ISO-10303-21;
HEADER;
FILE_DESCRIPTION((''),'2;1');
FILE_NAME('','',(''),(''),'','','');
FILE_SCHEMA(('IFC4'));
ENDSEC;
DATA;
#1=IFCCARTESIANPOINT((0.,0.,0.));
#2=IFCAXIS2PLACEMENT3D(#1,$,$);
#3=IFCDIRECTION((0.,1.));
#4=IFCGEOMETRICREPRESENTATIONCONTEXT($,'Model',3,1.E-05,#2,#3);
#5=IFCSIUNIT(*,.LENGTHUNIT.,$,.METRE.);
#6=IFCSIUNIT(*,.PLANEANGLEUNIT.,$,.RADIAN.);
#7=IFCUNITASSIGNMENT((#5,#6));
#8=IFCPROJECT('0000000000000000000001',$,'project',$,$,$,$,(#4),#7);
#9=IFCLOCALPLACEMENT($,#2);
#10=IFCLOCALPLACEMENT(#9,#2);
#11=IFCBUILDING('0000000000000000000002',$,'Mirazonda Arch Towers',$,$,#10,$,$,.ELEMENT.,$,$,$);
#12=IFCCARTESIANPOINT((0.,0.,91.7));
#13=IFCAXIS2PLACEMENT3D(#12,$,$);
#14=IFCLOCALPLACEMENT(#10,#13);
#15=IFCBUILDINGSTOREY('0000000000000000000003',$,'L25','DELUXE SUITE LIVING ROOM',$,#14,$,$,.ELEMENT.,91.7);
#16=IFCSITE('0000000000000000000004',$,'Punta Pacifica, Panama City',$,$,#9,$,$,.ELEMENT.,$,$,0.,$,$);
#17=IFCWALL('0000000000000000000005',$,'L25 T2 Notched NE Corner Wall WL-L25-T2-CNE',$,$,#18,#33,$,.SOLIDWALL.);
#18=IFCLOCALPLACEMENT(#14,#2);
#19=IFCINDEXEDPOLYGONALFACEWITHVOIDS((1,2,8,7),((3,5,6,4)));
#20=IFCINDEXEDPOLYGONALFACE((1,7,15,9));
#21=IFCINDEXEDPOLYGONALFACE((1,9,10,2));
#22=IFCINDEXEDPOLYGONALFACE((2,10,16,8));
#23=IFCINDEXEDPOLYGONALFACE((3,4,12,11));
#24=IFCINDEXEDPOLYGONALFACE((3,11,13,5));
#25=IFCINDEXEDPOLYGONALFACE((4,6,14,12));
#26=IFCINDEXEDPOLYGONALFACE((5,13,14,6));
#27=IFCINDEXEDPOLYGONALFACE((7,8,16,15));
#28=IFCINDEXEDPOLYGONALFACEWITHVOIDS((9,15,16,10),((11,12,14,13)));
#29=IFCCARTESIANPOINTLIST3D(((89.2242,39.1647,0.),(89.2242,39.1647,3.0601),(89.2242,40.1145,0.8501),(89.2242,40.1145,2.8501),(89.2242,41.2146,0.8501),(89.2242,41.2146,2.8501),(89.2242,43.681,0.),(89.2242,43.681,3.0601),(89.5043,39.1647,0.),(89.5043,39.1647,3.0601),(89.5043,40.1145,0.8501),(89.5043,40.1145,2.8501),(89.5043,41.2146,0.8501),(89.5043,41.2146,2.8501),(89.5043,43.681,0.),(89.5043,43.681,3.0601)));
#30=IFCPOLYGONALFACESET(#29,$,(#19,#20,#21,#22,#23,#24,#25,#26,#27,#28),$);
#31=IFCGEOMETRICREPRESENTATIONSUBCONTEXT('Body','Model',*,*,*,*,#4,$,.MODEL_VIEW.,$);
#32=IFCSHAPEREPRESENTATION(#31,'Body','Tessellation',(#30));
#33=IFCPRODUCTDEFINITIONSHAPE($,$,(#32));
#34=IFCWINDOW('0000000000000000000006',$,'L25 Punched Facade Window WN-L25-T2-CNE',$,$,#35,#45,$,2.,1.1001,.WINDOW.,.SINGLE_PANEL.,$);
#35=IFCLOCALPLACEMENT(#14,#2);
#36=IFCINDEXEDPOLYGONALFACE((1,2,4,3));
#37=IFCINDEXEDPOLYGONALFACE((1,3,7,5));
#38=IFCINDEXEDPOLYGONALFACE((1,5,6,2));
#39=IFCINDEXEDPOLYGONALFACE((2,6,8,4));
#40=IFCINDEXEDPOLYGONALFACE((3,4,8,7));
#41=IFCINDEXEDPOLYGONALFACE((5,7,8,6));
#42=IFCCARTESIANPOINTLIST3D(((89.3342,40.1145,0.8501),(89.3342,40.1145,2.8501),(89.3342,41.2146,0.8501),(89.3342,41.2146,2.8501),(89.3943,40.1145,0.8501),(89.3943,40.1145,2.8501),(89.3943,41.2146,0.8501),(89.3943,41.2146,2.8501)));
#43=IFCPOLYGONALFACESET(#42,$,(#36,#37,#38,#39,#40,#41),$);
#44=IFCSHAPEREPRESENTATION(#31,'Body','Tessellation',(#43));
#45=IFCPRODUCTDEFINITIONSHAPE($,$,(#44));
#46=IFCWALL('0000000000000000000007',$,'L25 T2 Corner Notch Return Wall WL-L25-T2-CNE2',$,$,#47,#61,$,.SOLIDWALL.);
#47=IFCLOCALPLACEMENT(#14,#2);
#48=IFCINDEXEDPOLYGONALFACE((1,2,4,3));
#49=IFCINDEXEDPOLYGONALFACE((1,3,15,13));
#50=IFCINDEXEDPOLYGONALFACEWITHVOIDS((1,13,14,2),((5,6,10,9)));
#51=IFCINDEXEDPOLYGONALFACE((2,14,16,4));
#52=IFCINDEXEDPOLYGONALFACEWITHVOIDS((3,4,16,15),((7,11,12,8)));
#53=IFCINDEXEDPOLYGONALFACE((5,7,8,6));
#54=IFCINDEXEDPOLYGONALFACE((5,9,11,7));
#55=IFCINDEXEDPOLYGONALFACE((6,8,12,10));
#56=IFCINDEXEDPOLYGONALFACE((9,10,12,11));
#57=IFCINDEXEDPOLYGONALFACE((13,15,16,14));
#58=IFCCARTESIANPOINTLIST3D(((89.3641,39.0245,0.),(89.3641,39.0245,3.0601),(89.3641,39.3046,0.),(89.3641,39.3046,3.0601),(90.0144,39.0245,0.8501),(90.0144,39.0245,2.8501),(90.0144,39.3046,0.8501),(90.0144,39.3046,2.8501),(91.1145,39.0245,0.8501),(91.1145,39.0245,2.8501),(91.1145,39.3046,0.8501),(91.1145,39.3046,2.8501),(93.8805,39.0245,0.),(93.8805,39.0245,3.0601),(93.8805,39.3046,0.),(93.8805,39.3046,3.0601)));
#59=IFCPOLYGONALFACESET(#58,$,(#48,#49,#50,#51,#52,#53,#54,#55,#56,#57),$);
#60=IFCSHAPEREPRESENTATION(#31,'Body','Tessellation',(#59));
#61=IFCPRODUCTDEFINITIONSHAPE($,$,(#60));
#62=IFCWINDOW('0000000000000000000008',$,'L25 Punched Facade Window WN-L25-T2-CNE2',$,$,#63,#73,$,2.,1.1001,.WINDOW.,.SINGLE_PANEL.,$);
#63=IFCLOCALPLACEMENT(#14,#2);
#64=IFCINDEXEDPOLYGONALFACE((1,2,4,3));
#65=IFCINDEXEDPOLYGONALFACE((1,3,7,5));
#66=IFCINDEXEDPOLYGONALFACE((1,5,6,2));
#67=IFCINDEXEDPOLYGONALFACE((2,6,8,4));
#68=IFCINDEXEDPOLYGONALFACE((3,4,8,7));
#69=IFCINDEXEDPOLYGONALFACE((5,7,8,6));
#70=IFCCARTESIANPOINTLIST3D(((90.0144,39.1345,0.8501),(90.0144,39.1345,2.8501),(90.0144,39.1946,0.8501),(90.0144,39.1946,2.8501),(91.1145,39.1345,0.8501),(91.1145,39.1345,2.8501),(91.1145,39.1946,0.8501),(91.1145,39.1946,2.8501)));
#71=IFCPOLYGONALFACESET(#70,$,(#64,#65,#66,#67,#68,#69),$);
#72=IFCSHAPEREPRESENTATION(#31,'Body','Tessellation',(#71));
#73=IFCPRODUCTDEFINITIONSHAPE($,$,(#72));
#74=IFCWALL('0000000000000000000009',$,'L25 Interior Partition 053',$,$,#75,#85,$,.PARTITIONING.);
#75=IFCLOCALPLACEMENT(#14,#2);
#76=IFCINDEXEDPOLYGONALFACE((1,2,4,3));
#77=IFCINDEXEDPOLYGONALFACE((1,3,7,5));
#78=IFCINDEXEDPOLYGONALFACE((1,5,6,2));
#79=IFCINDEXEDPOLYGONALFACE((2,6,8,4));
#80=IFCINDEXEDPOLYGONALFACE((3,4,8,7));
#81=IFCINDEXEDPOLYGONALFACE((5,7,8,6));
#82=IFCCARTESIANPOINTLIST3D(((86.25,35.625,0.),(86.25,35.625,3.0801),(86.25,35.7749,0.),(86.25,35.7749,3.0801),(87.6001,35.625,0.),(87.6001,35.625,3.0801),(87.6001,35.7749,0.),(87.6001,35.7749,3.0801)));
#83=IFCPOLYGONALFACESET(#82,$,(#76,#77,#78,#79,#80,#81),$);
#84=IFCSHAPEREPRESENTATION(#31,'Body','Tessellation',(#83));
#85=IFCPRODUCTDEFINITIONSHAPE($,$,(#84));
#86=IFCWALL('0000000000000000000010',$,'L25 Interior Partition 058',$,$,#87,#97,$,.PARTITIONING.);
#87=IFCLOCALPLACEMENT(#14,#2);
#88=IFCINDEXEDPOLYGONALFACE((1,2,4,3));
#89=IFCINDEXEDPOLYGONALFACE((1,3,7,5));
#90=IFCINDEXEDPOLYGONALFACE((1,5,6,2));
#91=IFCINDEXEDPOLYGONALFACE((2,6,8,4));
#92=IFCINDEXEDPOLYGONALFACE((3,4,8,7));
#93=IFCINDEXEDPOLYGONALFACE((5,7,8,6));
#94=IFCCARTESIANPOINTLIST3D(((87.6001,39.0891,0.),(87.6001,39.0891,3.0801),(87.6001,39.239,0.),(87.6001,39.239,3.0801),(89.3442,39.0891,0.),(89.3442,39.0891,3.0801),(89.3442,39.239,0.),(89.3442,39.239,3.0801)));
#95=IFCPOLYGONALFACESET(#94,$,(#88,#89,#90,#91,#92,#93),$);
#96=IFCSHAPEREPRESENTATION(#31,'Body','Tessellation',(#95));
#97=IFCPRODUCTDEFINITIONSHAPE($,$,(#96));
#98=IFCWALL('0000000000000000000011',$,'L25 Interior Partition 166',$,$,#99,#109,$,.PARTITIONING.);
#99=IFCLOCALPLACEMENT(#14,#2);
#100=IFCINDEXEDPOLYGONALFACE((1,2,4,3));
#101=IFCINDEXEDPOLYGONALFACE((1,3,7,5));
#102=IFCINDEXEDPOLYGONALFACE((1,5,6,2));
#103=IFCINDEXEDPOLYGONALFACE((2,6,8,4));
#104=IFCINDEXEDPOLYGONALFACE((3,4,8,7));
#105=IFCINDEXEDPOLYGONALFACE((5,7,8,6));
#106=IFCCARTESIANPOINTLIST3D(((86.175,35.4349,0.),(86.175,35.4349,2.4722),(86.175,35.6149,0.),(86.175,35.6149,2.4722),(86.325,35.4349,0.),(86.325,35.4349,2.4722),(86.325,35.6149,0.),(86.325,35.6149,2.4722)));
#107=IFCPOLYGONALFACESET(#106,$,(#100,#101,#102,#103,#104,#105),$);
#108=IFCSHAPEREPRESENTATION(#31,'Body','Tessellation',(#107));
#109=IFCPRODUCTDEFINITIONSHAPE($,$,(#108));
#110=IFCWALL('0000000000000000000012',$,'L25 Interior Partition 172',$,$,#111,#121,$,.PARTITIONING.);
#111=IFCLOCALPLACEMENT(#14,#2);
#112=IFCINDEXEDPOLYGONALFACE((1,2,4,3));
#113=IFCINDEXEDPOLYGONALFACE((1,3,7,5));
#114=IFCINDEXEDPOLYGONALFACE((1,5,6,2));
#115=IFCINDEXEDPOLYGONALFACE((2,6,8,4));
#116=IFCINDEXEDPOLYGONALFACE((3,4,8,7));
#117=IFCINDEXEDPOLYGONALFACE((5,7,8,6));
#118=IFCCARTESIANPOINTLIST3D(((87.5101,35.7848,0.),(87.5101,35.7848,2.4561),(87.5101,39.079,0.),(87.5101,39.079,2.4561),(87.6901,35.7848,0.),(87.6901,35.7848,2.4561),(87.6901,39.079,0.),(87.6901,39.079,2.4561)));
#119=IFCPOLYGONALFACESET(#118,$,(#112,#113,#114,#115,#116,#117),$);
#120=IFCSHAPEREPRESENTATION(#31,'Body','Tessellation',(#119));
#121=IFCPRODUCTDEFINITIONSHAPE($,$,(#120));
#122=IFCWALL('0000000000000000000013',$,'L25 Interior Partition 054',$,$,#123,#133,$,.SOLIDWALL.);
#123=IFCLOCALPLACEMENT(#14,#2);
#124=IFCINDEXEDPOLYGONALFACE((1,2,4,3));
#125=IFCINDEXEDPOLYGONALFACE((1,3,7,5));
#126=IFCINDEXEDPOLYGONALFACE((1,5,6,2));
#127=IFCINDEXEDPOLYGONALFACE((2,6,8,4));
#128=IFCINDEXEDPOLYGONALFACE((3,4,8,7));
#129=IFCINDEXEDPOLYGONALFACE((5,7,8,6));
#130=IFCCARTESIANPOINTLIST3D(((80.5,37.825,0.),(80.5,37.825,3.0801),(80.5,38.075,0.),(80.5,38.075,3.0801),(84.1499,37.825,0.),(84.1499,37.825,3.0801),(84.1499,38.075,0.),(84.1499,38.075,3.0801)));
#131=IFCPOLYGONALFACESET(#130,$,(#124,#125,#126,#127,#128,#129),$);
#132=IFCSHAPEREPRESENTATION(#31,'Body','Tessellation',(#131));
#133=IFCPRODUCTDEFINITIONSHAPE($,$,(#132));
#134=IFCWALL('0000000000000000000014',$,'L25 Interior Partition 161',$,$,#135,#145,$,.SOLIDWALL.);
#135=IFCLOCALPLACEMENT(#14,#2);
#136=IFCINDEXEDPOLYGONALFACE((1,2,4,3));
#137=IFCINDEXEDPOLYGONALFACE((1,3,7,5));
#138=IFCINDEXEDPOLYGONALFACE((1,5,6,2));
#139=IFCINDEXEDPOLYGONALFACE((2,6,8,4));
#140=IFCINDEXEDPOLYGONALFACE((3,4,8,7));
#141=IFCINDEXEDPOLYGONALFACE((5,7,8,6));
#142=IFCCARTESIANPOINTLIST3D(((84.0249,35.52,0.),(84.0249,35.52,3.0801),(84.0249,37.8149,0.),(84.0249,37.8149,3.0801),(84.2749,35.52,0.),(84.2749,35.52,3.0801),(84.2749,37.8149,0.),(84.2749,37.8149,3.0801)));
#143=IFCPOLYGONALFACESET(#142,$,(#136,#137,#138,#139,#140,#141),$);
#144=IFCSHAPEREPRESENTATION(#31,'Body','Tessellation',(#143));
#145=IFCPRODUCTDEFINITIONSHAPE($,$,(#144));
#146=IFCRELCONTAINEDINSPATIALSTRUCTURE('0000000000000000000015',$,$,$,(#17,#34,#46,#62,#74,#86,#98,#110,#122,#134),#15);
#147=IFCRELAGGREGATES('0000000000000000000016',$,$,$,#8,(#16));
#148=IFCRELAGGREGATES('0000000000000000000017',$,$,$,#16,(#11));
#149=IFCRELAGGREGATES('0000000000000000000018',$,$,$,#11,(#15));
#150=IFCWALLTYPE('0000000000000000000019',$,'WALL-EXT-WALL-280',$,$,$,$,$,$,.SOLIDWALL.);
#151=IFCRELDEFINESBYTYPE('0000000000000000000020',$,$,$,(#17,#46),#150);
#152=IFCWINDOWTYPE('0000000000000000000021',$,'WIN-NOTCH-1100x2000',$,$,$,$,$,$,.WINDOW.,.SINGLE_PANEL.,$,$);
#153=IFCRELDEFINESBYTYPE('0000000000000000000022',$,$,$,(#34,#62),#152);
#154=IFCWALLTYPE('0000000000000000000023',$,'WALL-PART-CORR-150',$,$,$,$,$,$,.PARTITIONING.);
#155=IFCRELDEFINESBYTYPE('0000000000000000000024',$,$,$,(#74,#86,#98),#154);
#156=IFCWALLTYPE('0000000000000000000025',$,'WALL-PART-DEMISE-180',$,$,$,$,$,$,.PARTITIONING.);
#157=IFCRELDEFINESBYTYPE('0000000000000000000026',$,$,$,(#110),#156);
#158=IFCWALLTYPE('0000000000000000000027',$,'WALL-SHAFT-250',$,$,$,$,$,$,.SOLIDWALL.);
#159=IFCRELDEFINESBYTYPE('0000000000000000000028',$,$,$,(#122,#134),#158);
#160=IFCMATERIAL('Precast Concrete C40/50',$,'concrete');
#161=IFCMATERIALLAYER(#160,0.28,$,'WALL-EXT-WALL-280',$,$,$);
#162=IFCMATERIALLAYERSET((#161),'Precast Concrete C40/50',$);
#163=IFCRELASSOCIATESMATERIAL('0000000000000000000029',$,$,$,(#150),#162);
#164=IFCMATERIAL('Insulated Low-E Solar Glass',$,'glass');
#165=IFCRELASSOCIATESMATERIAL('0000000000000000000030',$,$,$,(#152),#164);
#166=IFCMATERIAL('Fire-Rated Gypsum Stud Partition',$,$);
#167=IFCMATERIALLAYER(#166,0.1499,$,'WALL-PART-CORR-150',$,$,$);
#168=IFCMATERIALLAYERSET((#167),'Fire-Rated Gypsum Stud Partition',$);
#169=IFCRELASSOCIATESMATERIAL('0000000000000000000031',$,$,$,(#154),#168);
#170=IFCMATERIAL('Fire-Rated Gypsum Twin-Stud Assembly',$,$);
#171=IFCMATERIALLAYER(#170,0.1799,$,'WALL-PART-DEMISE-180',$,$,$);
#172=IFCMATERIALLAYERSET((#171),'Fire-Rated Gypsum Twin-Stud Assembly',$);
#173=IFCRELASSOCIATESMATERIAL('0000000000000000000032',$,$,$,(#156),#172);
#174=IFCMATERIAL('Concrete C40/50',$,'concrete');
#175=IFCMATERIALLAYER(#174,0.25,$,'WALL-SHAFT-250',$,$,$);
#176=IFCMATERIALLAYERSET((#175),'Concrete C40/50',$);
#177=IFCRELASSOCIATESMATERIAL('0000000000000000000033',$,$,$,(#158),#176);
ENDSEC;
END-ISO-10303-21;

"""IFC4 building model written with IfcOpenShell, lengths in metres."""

from ifc_helpers import new_model, si_unit, direction, frame, frame_2d, origin, place, context, subcontext, project, spatial, rectangle, extrude, material, layer, layer_set, type_object, element, fill, save


model = new_model("IFC4")

# Units and contexts
model_context = context("Model", 3, precision=1e-05, world=origin(), true_north=direction((0.0, 1.0)))
body_context = subcontext(model_context, "Body", "Model", "MODEL_VIEW")
ifc_project = project(units=[si_unit("LENGTHUNIT", "METRE"), si_unit("PLANEANGLEUNIT", "RADIAN")], contexts=[model_context])

# Site, building, storey
site_placement = place(None, origin())
site = spatial("IfcSite", under=ifc_project, at=site_placement, Name="Punta Pacifica, Panama City", CompositionType="ELEMENT", RefElevation=0.0)
building_placement = place(site_placement, origin())
building = spatial("IfcBuilding", under=site, at=building_placement, Name="Mirazonda Arch Towers", CompositionType="ELEMENT")
storey_placement = place(building_placement, frame((0.0, 0.0, 91.7)))
storey = spatial("IfcBuildingStorey", under=building, at=storey_placement, Name="L25", Description="DELUXE SUITE LIVING ROOM", CompositionType="ELEMENT", Elevation=91.7)

# Shared definitions
ifc_material_1 = material(Name="Insulated Low-E Solar Glass", Category="glass")

# Walls, openings, windows
ifc_material_2 = material(Name="Precast Concrete C40/50", Category="concrete")
ifc_layer_1 = layer(ifc_material_2, 0.28, Name="WALL-EXT-WALL-280")
ifc_layer_set_1 = layer_set([ifc_layer_1], Name="Precast Concrete C40/50")
wall_type_1 = type_object("IfcWallType", Name="WALL-EXT-WALL-280", PredefinedType="SOLIDWALL", material=ifc_layer_set_1)
wall_1_placement = place(storey_placement, frame((89.3643, 39.1646, 0.0), z_axis=(0.0, 0.0, 1.0), x_axis=(0.0, 1.0, 0.0)))
wall_1 = element("IfcWall", 1, at=wall_1_placement, inside=storey, type_object=wall_type_1, Name="L25 T2 Notched NE Corner Wall WL-L25-T2-CNE", PredefinedType="SOLIDWALL", context=body_context, shape_type="SweptSolid", body=[
    extrude(rectangle(XDim=4.5164, YDim=0.28, at=frame_2d((2.2583, 0.0))), origin(), (0.0, 0.0, 1.0), 3.0601),
])
opening_1_placement = place(wall_1_placement, frame((0.95, 0.0, 0.8501)))
opening_1 = element("IfcOpeningElement", 2, at=opening_1_placement, cuts=wall_1, PredefinedType="OPENING", context=body_context, shape_type="SweptSolid", body=[
    extrude(rectangle(XDim=1.1001, YDim=2.0, at=frame_2d((0.55, 1.0))), frame((0.0, 0.1499, 0.0), z_axis=(0.0, -1.0, 0.0), x_axis=(1.0, 0.0, 0.0)), (0.0, 0.0, 1.0), 0.3),
])
window_type = type_object("IfcWindowType", Name="WIN-NOTCH-1100x2000", PartitioningType="SINGLE_PANEL", PredefinedType="WINDOW", material=ifc_material_1)
window_1_placement = place(opening_1_placement, origin())
window_1 = element("IfcWindow", 3, at=window_1_placement, inside=storey, type_object=window_type, Name="L25 Punched Facade Window WN-L25-T2-CNE", OverallHeight=2.0, OverallWidth=1.1001, PartitioningType="SINGLE_PANEL", PredefinedType="WINDOW", context=body_context, shape_type="SweptSolid", body=[
    extrude(rectangle(XDim=1.1001, YDim=2.0, at=frame_2d((0.55, 1.0))), frame((0.0, 0.03, 0.0), z_axis=(0.0, -1.0, 0.0), x_axis=(1.0, 0.0, 0.0)), (0.0, 0.0, 1.0), 0.0601),
])
fill(opening_1, window_1)
wall_2_placement = place(storey_placement, frame((93.8806, 39.1646, 0.0), z_axis=(0.0, 0.0, 1.0), x_axis=(-1.0, 0.0, 0.0)))
wall_2 = element("IfcWall", 4, at=wall_2_placement, inside=storey, type_object=wall_type_1, Name="L25 T2 Corner Notch Return Wall WL-L25-T2-CNE2", PredefinedType="SOLIDWALL", context=body_context, shape_type="SweptSolid", body=[
    extrude(rectangle(XDim=4.5164, YDim=0.28, at=frame_2d((2.2583, 0.0))), origin(), (0.0, 0.0, 1.0), 3.0601),
])
opening_2_placement = place(wall_2_placement, frame((2.7661, 0.0, 0.8501)))
opening_2 = element("IfcOpeningElement", 5, at=opening_2_placement, cuts=wall_2, PredefinedType="OPENING", context=body_context, shape_type="SweptSolid", body=[
    extrude(rectangle(XDim=1.1001, YDim=2.0, at=frame_2d((0.55, 1.0))), frame((0.0, 0.1499, 0.0), z_axis=(0.0, -1.0, 0.0), x_axis=(1.0, 0.0, 0.0)), (0.0, 0.0, 1.0), 0.3),
])
window_2_placement = place(opening_2_placement, origin())
window_2 = element("IfcWindow", 6, at=window_2_placement, inside=storey, type_object=window_type, Name="L25 Punched Facade Window WN-L25-T2-CNE2", OverallHeight=2.0, OverallWidth=1.1001, PartitioningType="SINGLE_PANEL", PredefinedType="WINDOW", context=body_context, shape_type="SweptSolid", body=[
    extrude(rectangle(XDim=1.1001, YDim=2.0, at=frame_2d((0.55, 1.0))), frame((0.0, 0.03, 0.0), z_axis=(0.0, -1.0, 0.0), x_axis=(1.0, 0.0, 0.0)), (0.0, 0.0, 1.0), 0.0601),
])
fill(opening_2, window_2)

# Walls
ifc_material_3 = material(Name="Fire-Rated Gypsum Stud Partition")
ifc_layer_2 = layer(ifc_material_3, 0.1499, Name="WALL-PART-CORR-150")
ifc_layer_set_2 = layer_set([ifc_layer_2], Name="Fire-Rated Gypsum Stud Partition")
wall_type_2 = type_object("IfcWallType", Name="WALL-PART-CORR-150", PredefinedType="PARTITIONING", material=ifc_layer_set_2)
wall_3_placement = place(storey_placement, frame((86.25, 35.7, 0.0), z_axis=(0.0, 0.0, 1.0), x_axis=(1.0, 0.0, 0.0)))
element("IfcWall", 7, at=wall_3_placement, inside=storey, type_object=wall_type_2, Name="L25 Interior Partition 053", PredefinedType="PARTITIONING", context=body_context, shape_type="SweptSolid", body=[
    extrude(rectangle(XDim=1.3501, YDim=0.1499, at=frame_2d((0.675, 0.0))), origin(), (0.0, 0.0, 1.0), 3.0801),
])
wall_4_placement = place(storey_placement, frame((87.6001, 39.1641, 0.0), z_axis=(0.0, 0.0, 1.0), x_axis=(1.0, 0.0, 0.0)))
element("IfcWall", 8, at=wall_4_placement, inside=storey, type_object=wall_type_2, Name="L25 Interior Partition 058", PredefinedType="PARTITIONING", context=body_context, shape_type="SweptSolid", body=[
    extrude(rectangle(XDim=1.7441, YDim=0.1499, at=frame_2d((0.8721, 0.0))), origin(), (0.0, 0.0, 1.0), 3.0801),
])
wall_5_placement = place(storey_placement, frame((86.25, 35.4351, 0.0), z_axis=(0.0, 0.0, 1.0), x_axis=(0.0, 1.0, 0.0)))
element("IfcWall", 9, at=wall_5_placement, inside=storey, type_object=wall_type_2, Name="L25 Interior Partition 166", PredefinedType="PARTITIONING", context=body_context, shape_type="SweptSolid", body=[
    extrude(rectangle(XDim=0.1799, YDim=0.1499, at=frame_2d((0.0898, 0.0))), origin(), (0.0, 0.0, 1.0), 2.4722),
])
ifc_material_4 = material(Name="Fire-Rated Gypsum Twin-Stud Assembly")
ifc_layer_3 = layer(ifc_material_4, 0.1799, Name="WALL-PART-DEMISE-180")
ifc_layer_set_3 = layer_set([ifc_layer_3], Name="Fire-Rated Gypsum Twin-Stud Assembly")
wall_type_3 = type_object("IfcWallType", Name="WALL-PART-DEMISE-180", PredefinedType="PARTITIONING", material=ifc_layer_set_3)
wall_6_placement = place(storey_placement, frame((87.6001, 35.7849, 0.0), z_axis=(0.0, 0.0, 1.0), x_axis=(0.0, 1.0, 0.0)))
element("IfcWall", 10, at=wall_6_placement, inside=storey, type_object=wall_type_3, Name="L25 Interior Partition 172", PredefinedType="PARTITIONING", context=body_context, shape_type="SweptSolid", body=[
    extrude(rectangle(XDim=3.2942, YDim=0.1799, at=frame_2d((1.647, 0.0))), origin(), (0.0, 0.0, 1.0), 2.4561),
])
ifc_material_5 = material(Name="Concrete C40/50", Category="concrete")
ifc_layer_4 = layer(ifc_material_5, 0.25, Name="WALL-SHAFT-250")
ifc_layer_set_4 = layer_set([ifc_layer_4], Name="Concrete C40/50")
wall_type_4 = type_object("IfcWallType", Name="WALL-SHAFT-250", PredefinedType="SOLIDWALL", material=ifc_layer_set_4)
wall_7_placement = place(storey_placement, frame((80.5, 37.95, 0.0), z_axis=(0.0, 0.0, 1.0), x_axis=(1.0, 0.0, 0.0)))
element("IfcWall", 11, at=wall_7_placement, inside=storey, type_object=wall_type_4, Name="L25 Interior Partition 054", PredefinedType="SOLIDWALL", context=body_context, shape_type="SweptSolid", body=[
    extrude(rectangle(XDim=3.6499, YDim=0.25, at=frame_2d((1.825, 0.0))), origin(), (0.0, 0.0, 1.0), 3.0801),
])
wall_8_placement = place(storey_placement, frame((84.1499, 35.52, 0.0), z_axis=(0.0, 0.0, 1.0), x_axis=(0.0, 1.0, 0.0)))
element("IfcWall", 12, at=wall_8_placement, inside=storey, type_object=wall_type_4, Name="L25 Interior Partition 161", PredefinedType="SOLIDWALL", context=body_context, shape_type="SweptSolid", body=[
    extrude(rectangle(XDim=2.2949, YDim=0.25, at=frame_2d((1.1475, 0.0))), origin(), (0.0, 0.0, 1.0), 3.0801),
])

save(model, "model.ifc")
